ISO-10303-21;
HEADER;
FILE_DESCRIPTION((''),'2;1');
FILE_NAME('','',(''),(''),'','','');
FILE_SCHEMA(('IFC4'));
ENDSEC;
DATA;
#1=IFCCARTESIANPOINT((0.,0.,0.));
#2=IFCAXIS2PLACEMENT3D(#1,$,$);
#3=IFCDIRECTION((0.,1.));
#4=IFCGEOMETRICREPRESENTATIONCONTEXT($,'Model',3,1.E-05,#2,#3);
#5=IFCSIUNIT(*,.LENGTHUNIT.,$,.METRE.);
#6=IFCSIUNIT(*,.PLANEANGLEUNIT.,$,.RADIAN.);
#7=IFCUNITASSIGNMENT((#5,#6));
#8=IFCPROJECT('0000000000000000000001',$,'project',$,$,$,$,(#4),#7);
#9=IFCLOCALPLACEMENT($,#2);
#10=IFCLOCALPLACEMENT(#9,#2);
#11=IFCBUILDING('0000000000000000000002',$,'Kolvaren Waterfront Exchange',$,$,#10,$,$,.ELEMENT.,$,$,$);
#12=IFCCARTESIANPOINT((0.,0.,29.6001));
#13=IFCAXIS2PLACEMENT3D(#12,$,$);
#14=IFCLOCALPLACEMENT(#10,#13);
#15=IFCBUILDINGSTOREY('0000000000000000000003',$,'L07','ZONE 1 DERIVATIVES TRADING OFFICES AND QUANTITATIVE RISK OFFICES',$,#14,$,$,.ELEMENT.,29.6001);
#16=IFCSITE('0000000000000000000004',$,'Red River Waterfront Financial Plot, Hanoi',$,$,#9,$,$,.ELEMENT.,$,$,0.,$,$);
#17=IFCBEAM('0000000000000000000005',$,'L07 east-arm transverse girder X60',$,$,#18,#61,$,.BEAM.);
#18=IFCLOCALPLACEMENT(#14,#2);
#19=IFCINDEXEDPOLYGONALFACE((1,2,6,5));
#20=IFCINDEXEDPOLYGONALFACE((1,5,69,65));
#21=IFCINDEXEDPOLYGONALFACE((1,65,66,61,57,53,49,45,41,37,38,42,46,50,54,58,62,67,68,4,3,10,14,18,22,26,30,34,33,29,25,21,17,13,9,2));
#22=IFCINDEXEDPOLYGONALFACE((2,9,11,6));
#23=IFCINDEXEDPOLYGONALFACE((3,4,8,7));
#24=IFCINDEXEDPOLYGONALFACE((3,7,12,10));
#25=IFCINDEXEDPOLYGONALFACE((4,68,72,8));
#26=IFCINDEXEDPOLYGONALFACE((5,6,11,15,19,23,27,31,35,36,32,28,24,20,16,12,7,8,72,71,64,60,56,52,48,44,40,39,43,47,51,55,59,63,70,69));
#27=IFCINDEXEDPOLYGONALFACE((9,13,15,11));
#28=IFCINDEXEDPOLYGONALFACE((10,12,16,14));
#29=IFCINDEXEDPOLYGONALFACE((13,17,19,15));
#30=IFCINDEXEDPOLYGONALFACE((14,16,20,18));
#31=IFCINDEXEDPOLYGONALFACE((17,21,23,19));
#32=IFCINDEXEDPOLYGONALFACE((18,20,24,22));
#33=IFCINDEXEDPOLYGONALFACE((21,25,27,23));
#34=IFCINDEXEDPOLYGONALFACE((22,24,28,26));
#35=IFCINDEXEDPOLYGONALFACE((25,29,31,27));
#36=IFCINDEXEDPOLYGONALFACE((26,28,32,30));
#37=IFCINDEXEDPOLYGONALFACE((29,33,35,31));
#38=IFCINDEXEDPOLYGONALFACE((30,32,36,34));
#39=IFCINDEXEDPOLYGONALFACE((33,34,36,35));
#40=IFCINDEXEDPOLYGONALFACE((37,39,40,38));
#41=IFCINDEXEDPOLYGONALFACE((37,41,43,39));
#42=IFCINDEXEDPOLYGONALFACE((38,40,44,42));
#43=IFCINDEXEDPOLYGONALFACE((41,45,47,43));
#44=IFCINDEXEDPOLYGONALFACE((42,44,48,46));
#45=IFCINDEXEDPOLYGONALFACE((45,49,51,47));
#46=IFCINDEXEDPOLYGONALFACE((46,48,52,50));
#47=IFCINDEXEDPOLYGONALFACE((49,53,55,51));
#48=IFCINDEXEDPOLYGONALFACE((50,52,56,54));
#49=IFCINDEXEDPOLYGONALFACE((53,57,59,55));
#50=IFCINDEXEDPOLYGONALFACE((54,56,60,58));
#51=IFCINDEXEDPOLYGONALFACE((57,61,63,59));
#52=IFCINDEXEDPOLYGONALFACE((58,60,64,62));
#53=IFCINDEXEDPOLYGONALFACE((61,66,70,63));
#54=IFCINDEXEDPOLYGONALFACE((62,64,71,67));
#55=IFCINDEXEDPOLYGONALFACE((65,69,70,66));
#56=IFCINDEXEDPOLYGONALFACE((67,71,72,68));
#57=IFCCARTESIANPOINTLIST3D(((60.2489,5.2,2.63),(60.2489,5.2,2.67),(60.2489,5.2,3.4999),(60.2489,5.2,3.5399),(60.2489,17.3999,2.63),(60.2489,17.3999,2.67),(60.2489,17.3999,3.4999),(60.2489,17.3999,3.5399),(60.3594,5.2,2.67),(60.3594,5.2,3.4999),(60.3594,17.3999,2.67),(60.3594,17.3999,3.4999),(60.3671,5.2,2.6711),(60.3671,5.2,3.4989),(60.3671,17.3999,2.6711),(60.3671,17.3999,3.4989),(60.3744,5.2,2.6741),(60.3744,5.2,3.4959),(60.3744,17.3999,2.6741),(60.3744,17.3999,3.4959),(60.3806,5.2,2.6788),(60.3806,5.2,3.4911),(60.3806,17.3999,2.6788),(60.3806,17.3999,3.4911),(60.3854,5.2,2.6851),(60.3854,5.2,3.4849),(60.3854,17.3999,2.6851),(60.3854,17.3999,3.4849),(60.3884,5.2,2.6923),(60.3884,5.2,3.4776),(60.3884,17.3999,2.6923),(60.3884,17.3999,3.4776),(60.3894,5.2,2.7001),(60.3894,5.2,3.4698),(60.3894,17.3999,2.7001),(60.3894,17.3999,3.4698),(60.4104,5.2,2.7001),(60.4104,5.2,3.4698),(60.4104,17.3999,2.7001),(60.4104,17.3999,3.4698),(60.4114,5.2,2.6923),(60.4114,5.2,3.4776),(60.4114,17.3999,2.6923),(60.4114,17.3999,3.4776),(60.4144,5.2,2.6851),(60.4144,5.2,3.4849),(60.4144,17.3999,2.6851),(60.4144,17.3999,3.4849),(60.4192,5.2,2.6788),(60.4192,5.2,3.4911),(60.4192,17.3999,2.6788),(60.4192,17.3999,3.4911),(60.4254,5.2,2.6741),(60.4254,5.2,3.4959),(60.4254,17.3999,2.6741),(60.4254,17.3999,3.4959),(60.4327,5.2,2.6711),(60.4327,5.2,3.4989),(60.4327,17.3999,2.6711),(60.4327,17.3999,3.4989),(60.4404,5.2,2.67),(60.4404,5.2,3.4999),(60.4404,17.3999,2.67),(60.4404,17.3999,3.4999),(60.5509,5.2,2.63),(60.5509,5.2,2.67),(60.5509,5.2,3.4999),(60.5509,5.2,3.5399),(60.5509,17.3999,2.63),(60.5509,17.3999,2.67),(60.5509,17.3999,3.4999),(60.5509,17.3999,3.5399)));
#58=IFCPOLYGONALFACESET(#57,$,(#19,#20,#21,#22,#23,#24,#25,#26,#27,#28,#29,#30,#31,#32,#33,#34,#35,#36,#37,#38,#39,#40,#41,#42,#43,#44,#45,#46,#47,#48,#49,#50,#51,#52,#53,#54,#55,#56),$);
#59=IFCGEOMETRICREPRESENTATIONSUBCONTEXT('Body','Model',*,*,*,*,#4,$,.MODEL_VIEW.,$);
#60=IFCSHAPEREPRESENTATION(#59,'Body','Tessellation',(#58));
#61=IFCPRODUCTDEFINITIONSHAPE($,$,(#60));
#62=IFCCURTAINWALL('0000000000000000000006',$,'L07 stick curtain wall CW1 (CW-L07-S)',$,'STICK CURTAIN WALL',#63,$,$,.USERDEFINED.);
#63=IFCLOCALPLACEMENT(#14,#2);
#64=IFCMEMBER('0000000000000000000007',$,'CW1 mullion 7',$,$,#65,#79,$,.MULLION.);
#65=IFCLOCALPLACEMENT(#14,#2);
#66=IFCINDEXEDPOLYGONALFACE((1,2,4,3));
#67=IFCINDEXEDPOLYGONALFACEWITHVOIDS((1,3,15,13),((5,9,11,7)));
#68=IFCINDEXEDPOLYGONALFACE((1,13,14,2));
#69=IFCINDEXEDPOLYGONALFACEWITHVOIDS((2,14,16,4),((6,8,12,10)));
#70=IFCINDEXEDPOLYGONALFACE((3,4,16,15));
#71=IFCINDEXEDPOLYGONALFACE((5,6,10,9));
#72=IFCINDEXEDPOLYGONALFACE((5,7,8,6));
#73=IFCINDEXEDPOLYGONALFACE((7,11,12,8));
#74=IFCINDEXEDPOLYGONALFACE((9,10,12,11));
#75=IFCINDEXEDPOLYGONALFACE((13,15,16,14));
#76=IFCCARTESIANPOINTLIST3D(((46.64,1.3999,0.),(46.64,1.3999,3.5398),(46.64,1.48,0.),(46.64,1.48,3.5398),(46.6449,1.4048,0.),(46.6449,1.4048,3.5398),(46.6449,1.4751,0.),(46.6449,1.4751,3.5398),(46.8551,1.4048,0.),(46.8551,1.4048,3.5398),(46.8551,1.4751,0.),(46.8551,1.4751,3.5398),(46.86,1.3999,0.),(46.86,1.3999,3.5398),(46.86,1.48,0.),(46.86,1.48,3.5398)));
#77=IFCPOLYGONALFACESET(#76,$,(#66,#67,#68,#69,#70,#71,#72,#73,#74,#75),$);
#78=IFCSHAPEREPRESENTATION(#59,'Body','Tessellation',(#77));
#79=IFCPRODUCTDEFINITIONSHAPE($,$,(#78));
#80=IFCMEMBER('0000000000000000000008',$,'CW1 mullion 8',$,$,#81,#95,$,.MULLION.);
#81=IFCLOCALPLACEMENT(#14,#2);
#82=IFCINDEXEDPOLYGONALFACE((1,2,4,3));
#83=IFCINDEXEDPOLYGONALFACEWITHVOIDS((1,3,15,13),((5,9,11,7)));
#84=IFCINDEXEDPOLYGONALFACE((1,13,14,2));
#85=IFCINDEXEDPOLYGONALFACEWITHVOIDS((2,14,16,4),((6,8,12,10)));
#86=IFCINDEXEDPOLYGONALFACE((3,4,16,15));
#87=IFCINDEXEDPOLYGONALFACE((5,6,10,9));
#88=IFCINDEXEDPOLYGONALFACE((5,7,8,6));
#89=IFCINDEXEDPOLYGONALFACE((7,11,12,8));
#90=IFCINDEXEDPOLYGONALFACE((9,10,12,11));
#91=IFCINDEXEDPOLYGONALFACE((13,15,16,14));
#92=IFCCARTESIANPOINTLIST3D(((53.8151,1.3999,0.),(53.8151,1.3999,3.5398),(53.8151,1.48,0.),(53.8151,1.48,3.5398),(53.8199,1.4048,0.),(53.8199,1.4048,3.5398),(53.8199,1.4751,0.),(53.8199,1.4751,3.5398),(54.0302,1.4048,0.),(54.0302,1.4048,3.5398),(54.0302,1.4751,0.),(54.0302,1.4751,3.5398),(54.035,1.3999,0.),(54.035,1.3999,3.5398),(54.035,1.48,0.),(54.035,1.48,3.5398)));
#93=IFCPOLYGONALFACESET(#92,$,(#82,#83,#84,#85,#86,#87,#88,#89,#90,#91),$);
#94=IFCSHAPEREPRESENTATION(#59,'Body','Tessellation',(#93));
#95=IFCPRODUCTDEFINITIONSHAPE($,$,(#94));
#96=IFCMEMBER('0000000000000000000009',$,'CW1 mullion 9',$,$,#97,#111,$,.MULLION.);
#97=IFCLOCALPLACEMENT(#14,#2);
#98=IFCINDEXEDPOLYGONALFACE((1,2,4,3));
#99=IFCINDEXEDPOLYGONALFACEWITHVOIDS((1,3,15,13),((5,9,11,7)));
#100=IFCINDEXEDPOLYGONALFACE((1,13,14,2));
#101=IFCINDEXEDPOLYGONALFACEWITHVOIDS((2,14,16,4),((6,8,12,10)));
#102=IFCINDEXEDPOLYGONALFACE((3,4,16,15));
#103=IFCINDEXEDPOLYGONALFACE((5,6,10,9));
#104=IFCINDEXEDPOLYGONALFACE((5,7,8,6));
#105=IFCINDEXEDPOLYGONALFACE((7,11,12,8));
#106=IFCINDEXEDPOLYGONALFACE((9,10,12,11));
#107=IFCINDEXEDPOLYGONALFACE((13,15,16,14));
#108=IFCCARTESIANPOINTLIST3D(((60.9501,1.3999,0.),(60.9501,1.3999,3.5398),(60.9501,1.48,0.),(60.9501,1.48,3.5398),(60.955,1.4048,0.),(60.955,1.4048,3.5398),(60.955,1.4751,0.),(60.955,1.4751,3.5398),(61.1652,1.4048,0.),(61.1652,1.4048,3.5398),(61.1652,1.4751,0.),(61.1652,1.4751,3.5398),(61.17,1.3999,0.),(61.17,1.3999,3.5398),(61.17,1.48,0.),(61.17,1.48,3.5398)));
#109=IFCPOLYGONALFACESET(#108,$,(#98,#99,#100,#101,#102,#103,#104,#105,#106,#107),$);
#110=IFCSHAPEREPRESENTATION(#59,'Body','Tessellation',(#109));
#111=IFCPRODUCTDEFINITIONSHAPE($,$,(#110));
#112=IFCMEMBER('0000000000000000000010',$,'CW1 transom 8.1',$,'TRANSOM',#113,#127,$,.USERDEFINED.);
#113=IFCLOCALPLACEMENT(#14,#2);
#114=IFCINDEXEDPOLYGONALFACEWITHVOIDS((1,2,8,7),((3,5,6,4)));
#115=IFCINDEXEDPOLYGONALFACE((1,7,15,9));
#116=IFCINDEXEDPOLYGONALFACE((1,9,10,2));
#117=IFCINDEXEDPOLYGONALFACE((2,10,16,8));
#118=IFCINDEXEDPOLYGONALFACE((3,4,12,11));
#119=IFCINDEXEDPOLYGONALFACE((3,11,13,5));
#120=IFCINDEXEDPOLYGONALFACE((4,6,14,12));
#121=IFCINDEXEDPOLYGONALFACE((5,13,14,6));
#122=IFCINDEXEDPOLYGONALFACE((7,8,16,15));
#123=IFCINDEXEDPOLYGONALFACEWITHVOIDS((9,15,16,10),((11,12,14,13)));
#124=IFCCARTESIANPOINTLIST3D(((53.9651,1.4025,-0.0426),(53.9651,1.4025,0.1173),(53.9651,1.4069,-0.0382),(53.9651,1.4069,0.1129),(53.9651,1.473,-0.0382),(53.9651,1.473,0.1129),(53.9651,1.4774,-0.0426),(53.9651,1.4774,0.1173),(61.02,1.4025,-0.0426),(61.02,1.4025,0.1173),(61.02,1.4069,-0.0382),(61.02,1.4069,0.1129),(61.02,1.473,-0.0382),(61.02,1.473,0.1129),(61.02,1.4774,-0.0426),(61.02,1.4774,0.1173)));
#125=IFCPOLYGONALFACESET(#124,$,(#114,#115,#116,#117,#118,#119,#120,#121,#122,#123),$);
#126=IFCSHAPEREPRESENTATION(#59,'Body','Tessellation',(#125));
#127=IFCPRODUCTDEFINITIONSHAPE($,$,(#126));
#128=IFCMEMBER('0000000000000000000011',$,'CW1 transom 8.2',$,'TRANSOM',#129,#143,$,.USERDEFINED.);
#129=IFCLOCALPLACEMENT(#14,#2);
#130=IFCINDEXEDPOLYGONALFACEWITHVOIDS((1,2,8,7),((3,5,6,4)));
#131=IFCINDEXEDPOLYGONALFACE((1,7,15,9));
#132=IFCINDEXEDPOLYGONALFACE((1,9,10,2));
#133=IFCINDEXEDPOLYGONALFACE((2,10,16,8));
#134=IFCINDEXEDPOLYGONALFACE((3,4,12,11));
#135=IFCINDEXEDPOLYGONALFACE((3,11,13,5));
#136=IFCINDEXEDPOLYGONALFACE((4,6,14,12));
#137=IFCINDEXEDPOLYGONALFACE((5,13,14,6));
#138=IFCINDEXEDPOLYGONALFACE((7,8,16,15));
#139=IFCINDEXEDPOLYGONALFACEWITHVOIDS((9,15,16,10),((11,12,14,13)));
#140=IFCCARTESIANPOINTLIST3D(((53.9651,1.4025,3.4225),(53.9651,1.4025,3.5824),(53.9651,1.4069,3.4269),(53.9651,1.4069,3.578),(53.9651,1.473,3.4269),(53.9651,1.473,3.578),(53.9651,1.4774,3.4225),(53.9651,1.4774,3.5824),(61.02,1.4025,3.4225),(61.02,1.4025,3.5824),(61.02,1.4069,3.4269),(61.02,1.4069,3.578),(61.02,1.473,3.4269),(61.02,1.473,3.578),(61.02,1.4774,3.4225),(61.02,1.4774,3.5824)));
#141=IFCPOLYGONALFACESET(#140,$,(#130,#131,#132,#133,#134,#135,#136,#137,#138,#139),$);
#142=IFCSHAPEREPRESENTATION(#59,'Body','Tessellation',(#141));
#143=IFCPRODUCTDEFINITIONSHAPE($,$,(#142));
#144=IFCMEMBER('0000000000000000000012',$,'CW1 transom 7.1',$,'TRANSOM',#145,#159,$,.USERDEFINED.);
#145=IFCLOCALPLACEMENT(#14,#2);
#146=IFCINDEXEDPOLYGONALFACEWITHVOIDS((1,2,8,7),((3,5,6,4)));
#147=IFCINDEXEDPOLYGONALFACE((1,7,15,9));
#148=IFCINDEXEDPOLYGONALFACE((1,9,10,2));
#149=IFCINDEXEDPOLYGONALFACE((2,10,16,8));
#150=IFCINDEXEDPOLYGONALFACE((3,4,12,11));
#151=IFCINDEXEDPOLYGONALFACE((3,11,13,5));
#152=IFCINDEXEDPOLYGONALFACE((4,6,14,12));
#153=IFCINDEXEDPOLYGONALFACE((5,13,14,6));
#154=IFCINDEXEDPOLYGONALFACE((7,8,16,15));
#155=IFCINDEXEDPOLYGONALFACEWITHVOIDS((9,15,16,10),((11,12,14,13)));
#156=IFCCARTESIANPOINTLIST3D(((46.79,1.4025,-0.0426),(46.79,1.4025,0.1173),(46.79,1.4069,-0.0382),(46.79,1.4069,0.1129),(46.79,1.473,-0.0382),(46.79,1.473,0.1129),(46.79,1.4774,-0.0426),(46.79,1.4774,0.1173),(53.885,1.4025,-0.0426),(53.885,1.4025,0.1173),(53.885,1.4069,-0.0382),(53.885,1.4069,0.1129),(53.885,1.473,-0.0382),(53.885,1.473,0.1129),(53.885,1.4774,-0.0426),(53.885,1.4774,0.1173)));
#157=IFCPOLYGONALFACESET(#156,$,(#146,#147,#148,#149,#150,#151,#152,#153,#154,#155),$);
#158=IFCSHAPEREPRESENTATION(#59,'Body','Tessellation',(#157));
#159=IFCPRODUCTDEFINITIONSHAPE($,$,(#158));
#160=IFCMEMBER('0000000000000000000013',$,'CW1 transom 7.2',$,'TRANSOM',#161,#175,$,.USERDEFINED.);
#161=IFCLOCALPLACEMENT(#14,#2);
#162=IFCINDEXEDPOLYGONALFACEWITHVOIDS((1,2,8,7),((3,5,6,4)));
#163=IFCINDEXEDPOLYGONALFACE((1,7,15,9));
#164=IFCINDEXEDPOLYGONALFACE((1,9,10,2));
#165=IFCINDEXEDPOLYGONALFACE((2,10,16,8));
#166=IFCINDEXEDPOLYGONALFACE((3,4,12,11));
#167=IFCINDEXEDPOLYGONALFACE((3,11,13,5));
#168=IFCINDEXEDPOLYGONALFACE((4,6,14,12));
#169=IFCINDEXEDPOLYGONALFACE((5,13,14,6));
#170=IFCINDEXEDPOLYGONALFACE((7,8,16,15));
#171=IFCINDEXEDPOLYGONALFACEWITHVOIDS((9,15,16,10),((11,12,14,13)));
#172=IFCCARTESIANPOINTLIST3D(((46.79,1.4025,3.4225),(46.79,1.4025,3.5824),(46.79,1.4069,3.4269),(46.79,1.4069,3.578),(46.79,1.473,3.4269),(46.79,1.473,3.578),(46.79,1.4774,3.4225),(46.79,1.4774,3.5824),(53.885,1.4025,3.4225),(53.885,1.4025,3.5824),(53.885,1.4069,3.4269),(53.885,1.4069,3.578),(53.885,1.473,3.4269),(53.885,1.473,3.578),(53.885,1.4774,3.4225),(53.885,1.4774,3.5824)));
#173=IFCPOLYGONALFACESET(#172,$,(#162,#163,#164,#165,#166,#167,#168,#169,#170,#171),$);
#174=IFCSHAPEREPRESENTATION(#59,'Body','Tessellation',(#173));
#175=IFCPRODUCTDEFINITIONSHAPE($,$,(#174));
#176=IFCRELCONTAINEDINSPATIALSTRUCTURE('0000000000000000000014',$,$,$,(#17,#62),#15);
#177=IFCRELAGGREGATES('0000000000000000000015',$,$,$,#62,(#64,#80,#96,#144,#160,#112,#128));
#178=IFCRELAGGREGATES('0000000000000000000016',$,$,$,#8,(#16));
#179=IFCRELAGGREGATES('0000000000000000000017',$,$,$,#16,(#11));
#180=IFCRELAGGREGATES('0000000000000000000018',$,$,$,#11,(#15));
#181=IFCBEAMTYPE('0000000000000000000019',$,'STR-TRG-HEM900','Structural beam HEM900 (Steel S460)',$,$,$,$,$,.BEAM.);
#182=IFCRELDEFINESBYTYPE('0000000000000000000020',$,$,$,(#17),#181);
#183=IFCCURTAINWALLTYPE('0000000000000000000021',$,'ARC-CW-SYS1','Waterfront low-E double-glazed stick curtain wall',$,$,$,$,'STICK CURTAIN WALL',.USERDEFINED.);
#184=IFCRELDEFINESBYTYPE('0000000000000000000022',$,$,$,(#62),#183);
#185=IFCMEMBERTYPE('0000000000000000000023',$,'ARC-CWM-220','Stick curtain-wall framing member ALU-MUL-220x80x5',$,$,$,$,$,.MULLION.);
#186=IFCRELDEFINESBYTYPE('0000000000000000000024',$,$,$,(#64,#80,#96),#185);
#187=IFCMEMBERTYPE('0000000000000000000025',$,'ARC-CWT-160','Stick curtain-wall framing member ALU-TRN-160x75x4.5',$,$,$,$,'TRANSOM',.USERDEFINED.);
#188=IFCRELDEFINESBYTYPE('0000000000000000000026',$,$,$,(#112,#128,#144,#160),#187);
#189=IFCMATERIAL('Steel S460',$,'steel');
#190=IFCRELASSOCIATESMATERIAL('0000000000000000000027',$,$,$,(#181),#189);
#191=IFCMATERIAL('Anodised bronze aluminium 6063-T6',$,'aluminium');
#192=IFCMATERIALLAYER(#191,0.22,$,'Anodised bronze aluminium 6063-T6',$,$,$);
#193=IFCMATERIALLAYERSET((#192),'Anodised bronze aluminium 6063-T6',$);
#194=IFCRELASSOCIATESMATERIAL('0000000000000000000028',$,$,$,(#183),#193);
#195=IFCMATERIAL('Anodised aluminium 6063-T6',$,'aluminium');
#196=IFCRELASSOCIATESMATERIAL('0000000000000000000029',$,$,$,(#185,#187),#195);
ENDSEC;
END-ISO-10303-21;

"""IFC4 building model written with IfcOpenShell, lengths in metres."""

from ifc_helpers import new_model, si_unit, direction, frame, origin, origin_with_axes, origin_2d, place, context, subcontext, project, spatial, hollow_rectangle, i_section, extrude, source, transform, mapped, material, layer, layer_set, material_profile, profile_set, type_object, element, aggregate, save


model = new_model("IFC4")

# Units and contexts
model_context = context("Model", 3, precision=1e-05, world=origin(), true_north=direction((0.0, 1.0)))
body_context = subcontext(model_context, "Body", "Model", "MODEL_VIEW")
ifc_project = project(units=[si_unit("LENGTHUNIT", "METRE"), si_unit("PLANEANGLEUNIT", "RADIAN")], contexts=[model_context])

# Site, building, storey
site_placement = place(None, origin())
site = spatial("IfcSite", under=ifc_project, at=site_placement, Name="Red River Waterfront Financial Plot, Hanoi", CompositionType="ELEMENT", RefElevation=0.0)
building_placement = place(site_placement, origin())
building = spatial("IfcBuilding", under=site, at=building_placement, Name="Kolvaren Waterfront Exchange", CompositionType="ELEMENT")
storey_placement = place(building_placement, frame((0.0, 0.0, 29.6001)))
storey = spatial("IfcBuildingStorey", under=building, at=storey_placement, Name="L07", Description="ZONE 1 DERIVATIVES TRADING OFFICES AND QUANTITATIVE RISK OFFICES", CompositionType="ELEMENT", Elevation=29.6001)

# Beam
ifc_material_1 = material(Name="Steel S460", Category="steel")
ifc_material_profile_1 = material_profile(ifc_material_1, i_section(OverallWidth=0.302, OverallDepth=0.9099, WebThickness=0.021, FlangeThickness=0.04, FilletRadius=0.03, at=origin_2d()), Name="HEM900")
ifc_profile_set_1 = profile_set([ifc_material_profile_1], Name="Steel S460")
beam_type_1 = type_object("IfcBeamType", Name="STR-TRG-HEM900", Description="Structural beam HEM900 (Steel S460)", PredefinedType="BEAM", material=ifc_profile_set_1)
for number, where, z_axis, x_axis, name in (
    (1, (60.3999, 5.2, 3.085), (0.0, 1.0, 0.0), (-1.0, 0.0, 0.0), "L07 east-arm transverse girder X60"),
):
    element("IfcBeam", number, at=place(storey_placement, frame(where, z_axis=z_axis, x_axis=x_axis)), inside=storey, type_object=beam_type_1, Name=name, PredefinedType="BEAM", context=body_context, shape_type="SweptSolid", body=[
        extrude(i_section(OverallWidth=0.302, OverallDepth=0.9099, WebThickness=0.021, FlangeThickness=0.04, FilletRadius=0.03, at=origin_2d()), origin(), (0.0, 0.0, 1.0), 12.2),
    ])

# Curtain wall, members
ifc_material_2 = material(Name="Anodised bronze aluminium 6063-T6", Category="aluminium")
ifc_layer_1 = layer(ifc_material_2, 0.22, Name="Anodised bronze aluminium 6063-T6")
ifc_layer_set_1 = layer_set([ifc_layer_1], Name="Anodised bronze aluminium 6063-T6")
curtain_wall_type = type_object("IfcCurtainWallType", Name="ARC-CW-SYS1", Description="Waterfront low-E double-glazed stick curtain wall", ElementType="STICK CURTAIN WALL", PredefinedType="USERDEFINED", material=ifc_layer_set_1)
curtain_wall_placement = place(storey_placement, origin())
curtain_wall = element("IfcCurtainWall", 2, at=curtain_wall_placement, inside=storey, type_object=curtain_wall_type, Name="L07 stick curtain wall CW1 (CW-L07-S)", ObjectType="STICK CURTAIN WALL", PredefinedType="USERDEFINED")
ifc_material_3 = material(Name="Anodised aluminium 6063-T6", Category="aluminium")
ifc_material_profile_2 = material_profile(ifc_material_3, hollow_rectangle(XDim=0.0801, YDim=0.22, WallThickness=0.0049, at=origin_2d()), Name="ALU-MUL-220x80x5")
ifc_profile_set_2 = profile_set([ifc_material_profile_2], Name="Anodised aluminium 6063-T6")
member_type_1 = type_object("IfcMemberType", Name="ARC-CWM-220", Description="Stick curtain-wall framing member ALU-MUL-220x80x5", PredefinedType="MULLION", material=ifc_profile_set_2)
shared_shape_1 = source(origin_with_axes(), body_context, "Body", "SweptSolid", [
    extrude(hollow_rectangle(XDim=0.0801, YDim=0.22, WallThickness=0.0049, at=origin_2d()), origin(), (0.0, 0.0, 1.0), 3.5398),
])
member_1_placement = place(storey_placement, frame((46.75, 1.4399, 0.0), z_axis=(0.0, 0.0, 1.0), x_axis=(0.0, 1.0, 0.0)))
member_1 = element("IfcMember", 3, at=member_1_placement, type_object=member_type_1, Name="CW1 mullion 7", PredefinedType="MULLION", context=body_context, shape_type="MappedRepresentation", body=[
    mapped(shared_shape_1, transform((0.0, 0.0, 0.0), x_axis=(1.0, 0.0, 0.0), y_axis=(0.0, 1.0, 0.0), z_axis=(0.0, 0.0, 1.0), scale=1.0)),
])
member_2_placement = place(storey_placement, frame((53.925, 1.4399, 0.0), z_axis=(0.0, 0.0, 1.0), x_axis=(0.0, 1.0, 0.0)))
member_2 = element("IfcMember", 4, at=member_2_placement, type_object=member_type_1, Name="CW1 mullion 8", PredefinedType="MULLION", context=body_context, shape_type="MappedRepresentation", body=[
    mapped(shared_shape_1, transform((0.0, 0.0, 0.0), x_axis=(1.0, 0.0, 0.0), y_axis=(0.0, 1.0, 0.0), z_axis=(0.0, 0.0, 1.0), scale=1.0)),
])
member_3_placement = place(storey_placement, frame((61.0601, 1.4399, 0.0), z_axis=(0.0, 0.0, 1.0), x_axis=(0.0, 1.0, 0.0)))
member_3 = element("IfcMember", 5, at=member_3_placement, type_object=member_type_1, Name="CW1 mullion 9", PredefinedType="MULLION", context=body_context, shape_type="MappedRepresentation", body=[
    mapped(shared_shape_1, transform((0.0, 0.0, 0.0), x_axis=(1.0, 0.0, 0.0), y_axis=(0.0, 1.0, 0.0), z_axis=(0.0, 0.0, 1.0), scale=1.0)),
])
ifc_material_profile_3 = material_profile(ifc_material_3, hollow_rectangle(XDim=0.075, YDim=0.1599, WallThickness=0.0044, at=origin_2d()), Name="ALU-TRN-160x75x4.5")
ifc_profile_set_3 = profile_set([ifc_material_profile_3], Name="Anodised aluminium 6063-T6")
member_type_2 = type_object("IfcMemberType", Name="ARC-CWT-160", Description="Stick curtain-wall framing member ALU-TRN-160x75x4.5", ElementType="TRANSOM", PredefinedType="USERDEFINED", material=ifc_profile_set_3)
shared_shape_2 = source(origin_with_axes(), body_context, "Body", "SweptSolid", [
    extrude(hollow_rectangle(XDim=0.075, YDim=0.1599, WallThickness=0.0044, at=origin_2d()), origin(), (0.0, 0.0, 1.0), 7.0549),
])
member_4_placement = place(storey_placement, frame((53.9651, 1.4399, 0.0374), z_axis=(1.0, 0.0, 0.0), x_axis=(0.0, 1.0, 0.0)))
member_4 = element("IfcMember", 6, at=member_4_placement, type_object=member_type_2, Name="CW1 transom 8.1", ObjectType="TRANSOM", PredefinedType="USERDEFINED", context=body_context, shape_type="MappedRepresentation", body=[
    mapped(shared_shape_2, transform((0.0, 0.0, 0.0), x_axis=(1.0, 0.0, 0.0), y_axis=(0.0, 1.0, 0.0), z_axis=(0.0, 0.0, 1.0), scale=1.0)),
])
member_5_placement = place(storey_placement, frame((53.9651, 1.4399, 3.5024), z_axis=(1.0, 0.0, 0.0), x_axis=(0.0, 1.0, 0.0)))
member_5 = element("IfcMember", 7, at=member_5_placement, type_object=member_type_2, Name="CW1 transom 8.2", ObjectType="TRANSOM", PredefinedType="USERDEFINED", context=body_context, shape_type="MappedRepresentation", body=[
    mapped(shared_shape_2, transform((0.0, 0.0, 0.0), x_axis=(1.0, 0.0, 0.0), y_axis=(0.0, 1.0, 0.0), z_axis=(0.0, 0.0, 1.0), scale=1.0)),
])
shared_shape_3 = source(origin_with_axes(), body_context, "Body", "SweptSolid", [
    extrude(hollow_rectangle(XDim=0.075, YDim=0.1599, WallThickness=0.0044, at=origin_2d()), origin(), (0.0, 0.0, 1.0), 7.095),
])
member_6_placement = place(storey_placement, frame((46.79, 1.4399, 0.0374), z_axis=(1.0, 0.0, 0.0), x_axis=(0.0, 1.0, 0.0)))
member_6 = element("IfcMember", 8, at=member_6_placement, type_object=member_type_2, Name="CW1 transom 7.1", ObjectType="TRANSOM", PredefinedType="USERDEFINED", context=body_context, shape_type="MappedRepresentation", body=[
    mapped(shared_shape_3, transform((0.0, 0.0, 0.0), x_axis=(1.0, 0.0, 0.0), y_axis=(0.0, 1.0, 0.0), z_axis=(0.0, 0.0, 1.0), scale=1.0)),
])
member_7_placement = place(storey_placement, frame((46.79, 1.4399, 3.5024), z_axis=(1.0, 0.0, 0.0), x_axis=(0.0, 1.0, 0.0)))
member_7 = element("IfcMember", 9, at=member_7_placement, type_object=member_type_2, Name="CW1 transom 7.2", ObjectType="TRANSOM", PredefinedType="USERDEFINED", context=body_context, shape_type="MappedRepresentation", body=[
    mapped(shared_shape_3, transform((0.0, 0.0, 0.0), x_axis=(1.0, 0.0, 0.0), y_axis=(0.0, 1.0, 0.0), z_axis=(0.0, 0.0, 1.0), scale=1.0)),
])
aggregate(curtain_wall, [member_1, member_2, member_3, member_6, member_7, member_4, member_5])

save(model, "model.ifc")
